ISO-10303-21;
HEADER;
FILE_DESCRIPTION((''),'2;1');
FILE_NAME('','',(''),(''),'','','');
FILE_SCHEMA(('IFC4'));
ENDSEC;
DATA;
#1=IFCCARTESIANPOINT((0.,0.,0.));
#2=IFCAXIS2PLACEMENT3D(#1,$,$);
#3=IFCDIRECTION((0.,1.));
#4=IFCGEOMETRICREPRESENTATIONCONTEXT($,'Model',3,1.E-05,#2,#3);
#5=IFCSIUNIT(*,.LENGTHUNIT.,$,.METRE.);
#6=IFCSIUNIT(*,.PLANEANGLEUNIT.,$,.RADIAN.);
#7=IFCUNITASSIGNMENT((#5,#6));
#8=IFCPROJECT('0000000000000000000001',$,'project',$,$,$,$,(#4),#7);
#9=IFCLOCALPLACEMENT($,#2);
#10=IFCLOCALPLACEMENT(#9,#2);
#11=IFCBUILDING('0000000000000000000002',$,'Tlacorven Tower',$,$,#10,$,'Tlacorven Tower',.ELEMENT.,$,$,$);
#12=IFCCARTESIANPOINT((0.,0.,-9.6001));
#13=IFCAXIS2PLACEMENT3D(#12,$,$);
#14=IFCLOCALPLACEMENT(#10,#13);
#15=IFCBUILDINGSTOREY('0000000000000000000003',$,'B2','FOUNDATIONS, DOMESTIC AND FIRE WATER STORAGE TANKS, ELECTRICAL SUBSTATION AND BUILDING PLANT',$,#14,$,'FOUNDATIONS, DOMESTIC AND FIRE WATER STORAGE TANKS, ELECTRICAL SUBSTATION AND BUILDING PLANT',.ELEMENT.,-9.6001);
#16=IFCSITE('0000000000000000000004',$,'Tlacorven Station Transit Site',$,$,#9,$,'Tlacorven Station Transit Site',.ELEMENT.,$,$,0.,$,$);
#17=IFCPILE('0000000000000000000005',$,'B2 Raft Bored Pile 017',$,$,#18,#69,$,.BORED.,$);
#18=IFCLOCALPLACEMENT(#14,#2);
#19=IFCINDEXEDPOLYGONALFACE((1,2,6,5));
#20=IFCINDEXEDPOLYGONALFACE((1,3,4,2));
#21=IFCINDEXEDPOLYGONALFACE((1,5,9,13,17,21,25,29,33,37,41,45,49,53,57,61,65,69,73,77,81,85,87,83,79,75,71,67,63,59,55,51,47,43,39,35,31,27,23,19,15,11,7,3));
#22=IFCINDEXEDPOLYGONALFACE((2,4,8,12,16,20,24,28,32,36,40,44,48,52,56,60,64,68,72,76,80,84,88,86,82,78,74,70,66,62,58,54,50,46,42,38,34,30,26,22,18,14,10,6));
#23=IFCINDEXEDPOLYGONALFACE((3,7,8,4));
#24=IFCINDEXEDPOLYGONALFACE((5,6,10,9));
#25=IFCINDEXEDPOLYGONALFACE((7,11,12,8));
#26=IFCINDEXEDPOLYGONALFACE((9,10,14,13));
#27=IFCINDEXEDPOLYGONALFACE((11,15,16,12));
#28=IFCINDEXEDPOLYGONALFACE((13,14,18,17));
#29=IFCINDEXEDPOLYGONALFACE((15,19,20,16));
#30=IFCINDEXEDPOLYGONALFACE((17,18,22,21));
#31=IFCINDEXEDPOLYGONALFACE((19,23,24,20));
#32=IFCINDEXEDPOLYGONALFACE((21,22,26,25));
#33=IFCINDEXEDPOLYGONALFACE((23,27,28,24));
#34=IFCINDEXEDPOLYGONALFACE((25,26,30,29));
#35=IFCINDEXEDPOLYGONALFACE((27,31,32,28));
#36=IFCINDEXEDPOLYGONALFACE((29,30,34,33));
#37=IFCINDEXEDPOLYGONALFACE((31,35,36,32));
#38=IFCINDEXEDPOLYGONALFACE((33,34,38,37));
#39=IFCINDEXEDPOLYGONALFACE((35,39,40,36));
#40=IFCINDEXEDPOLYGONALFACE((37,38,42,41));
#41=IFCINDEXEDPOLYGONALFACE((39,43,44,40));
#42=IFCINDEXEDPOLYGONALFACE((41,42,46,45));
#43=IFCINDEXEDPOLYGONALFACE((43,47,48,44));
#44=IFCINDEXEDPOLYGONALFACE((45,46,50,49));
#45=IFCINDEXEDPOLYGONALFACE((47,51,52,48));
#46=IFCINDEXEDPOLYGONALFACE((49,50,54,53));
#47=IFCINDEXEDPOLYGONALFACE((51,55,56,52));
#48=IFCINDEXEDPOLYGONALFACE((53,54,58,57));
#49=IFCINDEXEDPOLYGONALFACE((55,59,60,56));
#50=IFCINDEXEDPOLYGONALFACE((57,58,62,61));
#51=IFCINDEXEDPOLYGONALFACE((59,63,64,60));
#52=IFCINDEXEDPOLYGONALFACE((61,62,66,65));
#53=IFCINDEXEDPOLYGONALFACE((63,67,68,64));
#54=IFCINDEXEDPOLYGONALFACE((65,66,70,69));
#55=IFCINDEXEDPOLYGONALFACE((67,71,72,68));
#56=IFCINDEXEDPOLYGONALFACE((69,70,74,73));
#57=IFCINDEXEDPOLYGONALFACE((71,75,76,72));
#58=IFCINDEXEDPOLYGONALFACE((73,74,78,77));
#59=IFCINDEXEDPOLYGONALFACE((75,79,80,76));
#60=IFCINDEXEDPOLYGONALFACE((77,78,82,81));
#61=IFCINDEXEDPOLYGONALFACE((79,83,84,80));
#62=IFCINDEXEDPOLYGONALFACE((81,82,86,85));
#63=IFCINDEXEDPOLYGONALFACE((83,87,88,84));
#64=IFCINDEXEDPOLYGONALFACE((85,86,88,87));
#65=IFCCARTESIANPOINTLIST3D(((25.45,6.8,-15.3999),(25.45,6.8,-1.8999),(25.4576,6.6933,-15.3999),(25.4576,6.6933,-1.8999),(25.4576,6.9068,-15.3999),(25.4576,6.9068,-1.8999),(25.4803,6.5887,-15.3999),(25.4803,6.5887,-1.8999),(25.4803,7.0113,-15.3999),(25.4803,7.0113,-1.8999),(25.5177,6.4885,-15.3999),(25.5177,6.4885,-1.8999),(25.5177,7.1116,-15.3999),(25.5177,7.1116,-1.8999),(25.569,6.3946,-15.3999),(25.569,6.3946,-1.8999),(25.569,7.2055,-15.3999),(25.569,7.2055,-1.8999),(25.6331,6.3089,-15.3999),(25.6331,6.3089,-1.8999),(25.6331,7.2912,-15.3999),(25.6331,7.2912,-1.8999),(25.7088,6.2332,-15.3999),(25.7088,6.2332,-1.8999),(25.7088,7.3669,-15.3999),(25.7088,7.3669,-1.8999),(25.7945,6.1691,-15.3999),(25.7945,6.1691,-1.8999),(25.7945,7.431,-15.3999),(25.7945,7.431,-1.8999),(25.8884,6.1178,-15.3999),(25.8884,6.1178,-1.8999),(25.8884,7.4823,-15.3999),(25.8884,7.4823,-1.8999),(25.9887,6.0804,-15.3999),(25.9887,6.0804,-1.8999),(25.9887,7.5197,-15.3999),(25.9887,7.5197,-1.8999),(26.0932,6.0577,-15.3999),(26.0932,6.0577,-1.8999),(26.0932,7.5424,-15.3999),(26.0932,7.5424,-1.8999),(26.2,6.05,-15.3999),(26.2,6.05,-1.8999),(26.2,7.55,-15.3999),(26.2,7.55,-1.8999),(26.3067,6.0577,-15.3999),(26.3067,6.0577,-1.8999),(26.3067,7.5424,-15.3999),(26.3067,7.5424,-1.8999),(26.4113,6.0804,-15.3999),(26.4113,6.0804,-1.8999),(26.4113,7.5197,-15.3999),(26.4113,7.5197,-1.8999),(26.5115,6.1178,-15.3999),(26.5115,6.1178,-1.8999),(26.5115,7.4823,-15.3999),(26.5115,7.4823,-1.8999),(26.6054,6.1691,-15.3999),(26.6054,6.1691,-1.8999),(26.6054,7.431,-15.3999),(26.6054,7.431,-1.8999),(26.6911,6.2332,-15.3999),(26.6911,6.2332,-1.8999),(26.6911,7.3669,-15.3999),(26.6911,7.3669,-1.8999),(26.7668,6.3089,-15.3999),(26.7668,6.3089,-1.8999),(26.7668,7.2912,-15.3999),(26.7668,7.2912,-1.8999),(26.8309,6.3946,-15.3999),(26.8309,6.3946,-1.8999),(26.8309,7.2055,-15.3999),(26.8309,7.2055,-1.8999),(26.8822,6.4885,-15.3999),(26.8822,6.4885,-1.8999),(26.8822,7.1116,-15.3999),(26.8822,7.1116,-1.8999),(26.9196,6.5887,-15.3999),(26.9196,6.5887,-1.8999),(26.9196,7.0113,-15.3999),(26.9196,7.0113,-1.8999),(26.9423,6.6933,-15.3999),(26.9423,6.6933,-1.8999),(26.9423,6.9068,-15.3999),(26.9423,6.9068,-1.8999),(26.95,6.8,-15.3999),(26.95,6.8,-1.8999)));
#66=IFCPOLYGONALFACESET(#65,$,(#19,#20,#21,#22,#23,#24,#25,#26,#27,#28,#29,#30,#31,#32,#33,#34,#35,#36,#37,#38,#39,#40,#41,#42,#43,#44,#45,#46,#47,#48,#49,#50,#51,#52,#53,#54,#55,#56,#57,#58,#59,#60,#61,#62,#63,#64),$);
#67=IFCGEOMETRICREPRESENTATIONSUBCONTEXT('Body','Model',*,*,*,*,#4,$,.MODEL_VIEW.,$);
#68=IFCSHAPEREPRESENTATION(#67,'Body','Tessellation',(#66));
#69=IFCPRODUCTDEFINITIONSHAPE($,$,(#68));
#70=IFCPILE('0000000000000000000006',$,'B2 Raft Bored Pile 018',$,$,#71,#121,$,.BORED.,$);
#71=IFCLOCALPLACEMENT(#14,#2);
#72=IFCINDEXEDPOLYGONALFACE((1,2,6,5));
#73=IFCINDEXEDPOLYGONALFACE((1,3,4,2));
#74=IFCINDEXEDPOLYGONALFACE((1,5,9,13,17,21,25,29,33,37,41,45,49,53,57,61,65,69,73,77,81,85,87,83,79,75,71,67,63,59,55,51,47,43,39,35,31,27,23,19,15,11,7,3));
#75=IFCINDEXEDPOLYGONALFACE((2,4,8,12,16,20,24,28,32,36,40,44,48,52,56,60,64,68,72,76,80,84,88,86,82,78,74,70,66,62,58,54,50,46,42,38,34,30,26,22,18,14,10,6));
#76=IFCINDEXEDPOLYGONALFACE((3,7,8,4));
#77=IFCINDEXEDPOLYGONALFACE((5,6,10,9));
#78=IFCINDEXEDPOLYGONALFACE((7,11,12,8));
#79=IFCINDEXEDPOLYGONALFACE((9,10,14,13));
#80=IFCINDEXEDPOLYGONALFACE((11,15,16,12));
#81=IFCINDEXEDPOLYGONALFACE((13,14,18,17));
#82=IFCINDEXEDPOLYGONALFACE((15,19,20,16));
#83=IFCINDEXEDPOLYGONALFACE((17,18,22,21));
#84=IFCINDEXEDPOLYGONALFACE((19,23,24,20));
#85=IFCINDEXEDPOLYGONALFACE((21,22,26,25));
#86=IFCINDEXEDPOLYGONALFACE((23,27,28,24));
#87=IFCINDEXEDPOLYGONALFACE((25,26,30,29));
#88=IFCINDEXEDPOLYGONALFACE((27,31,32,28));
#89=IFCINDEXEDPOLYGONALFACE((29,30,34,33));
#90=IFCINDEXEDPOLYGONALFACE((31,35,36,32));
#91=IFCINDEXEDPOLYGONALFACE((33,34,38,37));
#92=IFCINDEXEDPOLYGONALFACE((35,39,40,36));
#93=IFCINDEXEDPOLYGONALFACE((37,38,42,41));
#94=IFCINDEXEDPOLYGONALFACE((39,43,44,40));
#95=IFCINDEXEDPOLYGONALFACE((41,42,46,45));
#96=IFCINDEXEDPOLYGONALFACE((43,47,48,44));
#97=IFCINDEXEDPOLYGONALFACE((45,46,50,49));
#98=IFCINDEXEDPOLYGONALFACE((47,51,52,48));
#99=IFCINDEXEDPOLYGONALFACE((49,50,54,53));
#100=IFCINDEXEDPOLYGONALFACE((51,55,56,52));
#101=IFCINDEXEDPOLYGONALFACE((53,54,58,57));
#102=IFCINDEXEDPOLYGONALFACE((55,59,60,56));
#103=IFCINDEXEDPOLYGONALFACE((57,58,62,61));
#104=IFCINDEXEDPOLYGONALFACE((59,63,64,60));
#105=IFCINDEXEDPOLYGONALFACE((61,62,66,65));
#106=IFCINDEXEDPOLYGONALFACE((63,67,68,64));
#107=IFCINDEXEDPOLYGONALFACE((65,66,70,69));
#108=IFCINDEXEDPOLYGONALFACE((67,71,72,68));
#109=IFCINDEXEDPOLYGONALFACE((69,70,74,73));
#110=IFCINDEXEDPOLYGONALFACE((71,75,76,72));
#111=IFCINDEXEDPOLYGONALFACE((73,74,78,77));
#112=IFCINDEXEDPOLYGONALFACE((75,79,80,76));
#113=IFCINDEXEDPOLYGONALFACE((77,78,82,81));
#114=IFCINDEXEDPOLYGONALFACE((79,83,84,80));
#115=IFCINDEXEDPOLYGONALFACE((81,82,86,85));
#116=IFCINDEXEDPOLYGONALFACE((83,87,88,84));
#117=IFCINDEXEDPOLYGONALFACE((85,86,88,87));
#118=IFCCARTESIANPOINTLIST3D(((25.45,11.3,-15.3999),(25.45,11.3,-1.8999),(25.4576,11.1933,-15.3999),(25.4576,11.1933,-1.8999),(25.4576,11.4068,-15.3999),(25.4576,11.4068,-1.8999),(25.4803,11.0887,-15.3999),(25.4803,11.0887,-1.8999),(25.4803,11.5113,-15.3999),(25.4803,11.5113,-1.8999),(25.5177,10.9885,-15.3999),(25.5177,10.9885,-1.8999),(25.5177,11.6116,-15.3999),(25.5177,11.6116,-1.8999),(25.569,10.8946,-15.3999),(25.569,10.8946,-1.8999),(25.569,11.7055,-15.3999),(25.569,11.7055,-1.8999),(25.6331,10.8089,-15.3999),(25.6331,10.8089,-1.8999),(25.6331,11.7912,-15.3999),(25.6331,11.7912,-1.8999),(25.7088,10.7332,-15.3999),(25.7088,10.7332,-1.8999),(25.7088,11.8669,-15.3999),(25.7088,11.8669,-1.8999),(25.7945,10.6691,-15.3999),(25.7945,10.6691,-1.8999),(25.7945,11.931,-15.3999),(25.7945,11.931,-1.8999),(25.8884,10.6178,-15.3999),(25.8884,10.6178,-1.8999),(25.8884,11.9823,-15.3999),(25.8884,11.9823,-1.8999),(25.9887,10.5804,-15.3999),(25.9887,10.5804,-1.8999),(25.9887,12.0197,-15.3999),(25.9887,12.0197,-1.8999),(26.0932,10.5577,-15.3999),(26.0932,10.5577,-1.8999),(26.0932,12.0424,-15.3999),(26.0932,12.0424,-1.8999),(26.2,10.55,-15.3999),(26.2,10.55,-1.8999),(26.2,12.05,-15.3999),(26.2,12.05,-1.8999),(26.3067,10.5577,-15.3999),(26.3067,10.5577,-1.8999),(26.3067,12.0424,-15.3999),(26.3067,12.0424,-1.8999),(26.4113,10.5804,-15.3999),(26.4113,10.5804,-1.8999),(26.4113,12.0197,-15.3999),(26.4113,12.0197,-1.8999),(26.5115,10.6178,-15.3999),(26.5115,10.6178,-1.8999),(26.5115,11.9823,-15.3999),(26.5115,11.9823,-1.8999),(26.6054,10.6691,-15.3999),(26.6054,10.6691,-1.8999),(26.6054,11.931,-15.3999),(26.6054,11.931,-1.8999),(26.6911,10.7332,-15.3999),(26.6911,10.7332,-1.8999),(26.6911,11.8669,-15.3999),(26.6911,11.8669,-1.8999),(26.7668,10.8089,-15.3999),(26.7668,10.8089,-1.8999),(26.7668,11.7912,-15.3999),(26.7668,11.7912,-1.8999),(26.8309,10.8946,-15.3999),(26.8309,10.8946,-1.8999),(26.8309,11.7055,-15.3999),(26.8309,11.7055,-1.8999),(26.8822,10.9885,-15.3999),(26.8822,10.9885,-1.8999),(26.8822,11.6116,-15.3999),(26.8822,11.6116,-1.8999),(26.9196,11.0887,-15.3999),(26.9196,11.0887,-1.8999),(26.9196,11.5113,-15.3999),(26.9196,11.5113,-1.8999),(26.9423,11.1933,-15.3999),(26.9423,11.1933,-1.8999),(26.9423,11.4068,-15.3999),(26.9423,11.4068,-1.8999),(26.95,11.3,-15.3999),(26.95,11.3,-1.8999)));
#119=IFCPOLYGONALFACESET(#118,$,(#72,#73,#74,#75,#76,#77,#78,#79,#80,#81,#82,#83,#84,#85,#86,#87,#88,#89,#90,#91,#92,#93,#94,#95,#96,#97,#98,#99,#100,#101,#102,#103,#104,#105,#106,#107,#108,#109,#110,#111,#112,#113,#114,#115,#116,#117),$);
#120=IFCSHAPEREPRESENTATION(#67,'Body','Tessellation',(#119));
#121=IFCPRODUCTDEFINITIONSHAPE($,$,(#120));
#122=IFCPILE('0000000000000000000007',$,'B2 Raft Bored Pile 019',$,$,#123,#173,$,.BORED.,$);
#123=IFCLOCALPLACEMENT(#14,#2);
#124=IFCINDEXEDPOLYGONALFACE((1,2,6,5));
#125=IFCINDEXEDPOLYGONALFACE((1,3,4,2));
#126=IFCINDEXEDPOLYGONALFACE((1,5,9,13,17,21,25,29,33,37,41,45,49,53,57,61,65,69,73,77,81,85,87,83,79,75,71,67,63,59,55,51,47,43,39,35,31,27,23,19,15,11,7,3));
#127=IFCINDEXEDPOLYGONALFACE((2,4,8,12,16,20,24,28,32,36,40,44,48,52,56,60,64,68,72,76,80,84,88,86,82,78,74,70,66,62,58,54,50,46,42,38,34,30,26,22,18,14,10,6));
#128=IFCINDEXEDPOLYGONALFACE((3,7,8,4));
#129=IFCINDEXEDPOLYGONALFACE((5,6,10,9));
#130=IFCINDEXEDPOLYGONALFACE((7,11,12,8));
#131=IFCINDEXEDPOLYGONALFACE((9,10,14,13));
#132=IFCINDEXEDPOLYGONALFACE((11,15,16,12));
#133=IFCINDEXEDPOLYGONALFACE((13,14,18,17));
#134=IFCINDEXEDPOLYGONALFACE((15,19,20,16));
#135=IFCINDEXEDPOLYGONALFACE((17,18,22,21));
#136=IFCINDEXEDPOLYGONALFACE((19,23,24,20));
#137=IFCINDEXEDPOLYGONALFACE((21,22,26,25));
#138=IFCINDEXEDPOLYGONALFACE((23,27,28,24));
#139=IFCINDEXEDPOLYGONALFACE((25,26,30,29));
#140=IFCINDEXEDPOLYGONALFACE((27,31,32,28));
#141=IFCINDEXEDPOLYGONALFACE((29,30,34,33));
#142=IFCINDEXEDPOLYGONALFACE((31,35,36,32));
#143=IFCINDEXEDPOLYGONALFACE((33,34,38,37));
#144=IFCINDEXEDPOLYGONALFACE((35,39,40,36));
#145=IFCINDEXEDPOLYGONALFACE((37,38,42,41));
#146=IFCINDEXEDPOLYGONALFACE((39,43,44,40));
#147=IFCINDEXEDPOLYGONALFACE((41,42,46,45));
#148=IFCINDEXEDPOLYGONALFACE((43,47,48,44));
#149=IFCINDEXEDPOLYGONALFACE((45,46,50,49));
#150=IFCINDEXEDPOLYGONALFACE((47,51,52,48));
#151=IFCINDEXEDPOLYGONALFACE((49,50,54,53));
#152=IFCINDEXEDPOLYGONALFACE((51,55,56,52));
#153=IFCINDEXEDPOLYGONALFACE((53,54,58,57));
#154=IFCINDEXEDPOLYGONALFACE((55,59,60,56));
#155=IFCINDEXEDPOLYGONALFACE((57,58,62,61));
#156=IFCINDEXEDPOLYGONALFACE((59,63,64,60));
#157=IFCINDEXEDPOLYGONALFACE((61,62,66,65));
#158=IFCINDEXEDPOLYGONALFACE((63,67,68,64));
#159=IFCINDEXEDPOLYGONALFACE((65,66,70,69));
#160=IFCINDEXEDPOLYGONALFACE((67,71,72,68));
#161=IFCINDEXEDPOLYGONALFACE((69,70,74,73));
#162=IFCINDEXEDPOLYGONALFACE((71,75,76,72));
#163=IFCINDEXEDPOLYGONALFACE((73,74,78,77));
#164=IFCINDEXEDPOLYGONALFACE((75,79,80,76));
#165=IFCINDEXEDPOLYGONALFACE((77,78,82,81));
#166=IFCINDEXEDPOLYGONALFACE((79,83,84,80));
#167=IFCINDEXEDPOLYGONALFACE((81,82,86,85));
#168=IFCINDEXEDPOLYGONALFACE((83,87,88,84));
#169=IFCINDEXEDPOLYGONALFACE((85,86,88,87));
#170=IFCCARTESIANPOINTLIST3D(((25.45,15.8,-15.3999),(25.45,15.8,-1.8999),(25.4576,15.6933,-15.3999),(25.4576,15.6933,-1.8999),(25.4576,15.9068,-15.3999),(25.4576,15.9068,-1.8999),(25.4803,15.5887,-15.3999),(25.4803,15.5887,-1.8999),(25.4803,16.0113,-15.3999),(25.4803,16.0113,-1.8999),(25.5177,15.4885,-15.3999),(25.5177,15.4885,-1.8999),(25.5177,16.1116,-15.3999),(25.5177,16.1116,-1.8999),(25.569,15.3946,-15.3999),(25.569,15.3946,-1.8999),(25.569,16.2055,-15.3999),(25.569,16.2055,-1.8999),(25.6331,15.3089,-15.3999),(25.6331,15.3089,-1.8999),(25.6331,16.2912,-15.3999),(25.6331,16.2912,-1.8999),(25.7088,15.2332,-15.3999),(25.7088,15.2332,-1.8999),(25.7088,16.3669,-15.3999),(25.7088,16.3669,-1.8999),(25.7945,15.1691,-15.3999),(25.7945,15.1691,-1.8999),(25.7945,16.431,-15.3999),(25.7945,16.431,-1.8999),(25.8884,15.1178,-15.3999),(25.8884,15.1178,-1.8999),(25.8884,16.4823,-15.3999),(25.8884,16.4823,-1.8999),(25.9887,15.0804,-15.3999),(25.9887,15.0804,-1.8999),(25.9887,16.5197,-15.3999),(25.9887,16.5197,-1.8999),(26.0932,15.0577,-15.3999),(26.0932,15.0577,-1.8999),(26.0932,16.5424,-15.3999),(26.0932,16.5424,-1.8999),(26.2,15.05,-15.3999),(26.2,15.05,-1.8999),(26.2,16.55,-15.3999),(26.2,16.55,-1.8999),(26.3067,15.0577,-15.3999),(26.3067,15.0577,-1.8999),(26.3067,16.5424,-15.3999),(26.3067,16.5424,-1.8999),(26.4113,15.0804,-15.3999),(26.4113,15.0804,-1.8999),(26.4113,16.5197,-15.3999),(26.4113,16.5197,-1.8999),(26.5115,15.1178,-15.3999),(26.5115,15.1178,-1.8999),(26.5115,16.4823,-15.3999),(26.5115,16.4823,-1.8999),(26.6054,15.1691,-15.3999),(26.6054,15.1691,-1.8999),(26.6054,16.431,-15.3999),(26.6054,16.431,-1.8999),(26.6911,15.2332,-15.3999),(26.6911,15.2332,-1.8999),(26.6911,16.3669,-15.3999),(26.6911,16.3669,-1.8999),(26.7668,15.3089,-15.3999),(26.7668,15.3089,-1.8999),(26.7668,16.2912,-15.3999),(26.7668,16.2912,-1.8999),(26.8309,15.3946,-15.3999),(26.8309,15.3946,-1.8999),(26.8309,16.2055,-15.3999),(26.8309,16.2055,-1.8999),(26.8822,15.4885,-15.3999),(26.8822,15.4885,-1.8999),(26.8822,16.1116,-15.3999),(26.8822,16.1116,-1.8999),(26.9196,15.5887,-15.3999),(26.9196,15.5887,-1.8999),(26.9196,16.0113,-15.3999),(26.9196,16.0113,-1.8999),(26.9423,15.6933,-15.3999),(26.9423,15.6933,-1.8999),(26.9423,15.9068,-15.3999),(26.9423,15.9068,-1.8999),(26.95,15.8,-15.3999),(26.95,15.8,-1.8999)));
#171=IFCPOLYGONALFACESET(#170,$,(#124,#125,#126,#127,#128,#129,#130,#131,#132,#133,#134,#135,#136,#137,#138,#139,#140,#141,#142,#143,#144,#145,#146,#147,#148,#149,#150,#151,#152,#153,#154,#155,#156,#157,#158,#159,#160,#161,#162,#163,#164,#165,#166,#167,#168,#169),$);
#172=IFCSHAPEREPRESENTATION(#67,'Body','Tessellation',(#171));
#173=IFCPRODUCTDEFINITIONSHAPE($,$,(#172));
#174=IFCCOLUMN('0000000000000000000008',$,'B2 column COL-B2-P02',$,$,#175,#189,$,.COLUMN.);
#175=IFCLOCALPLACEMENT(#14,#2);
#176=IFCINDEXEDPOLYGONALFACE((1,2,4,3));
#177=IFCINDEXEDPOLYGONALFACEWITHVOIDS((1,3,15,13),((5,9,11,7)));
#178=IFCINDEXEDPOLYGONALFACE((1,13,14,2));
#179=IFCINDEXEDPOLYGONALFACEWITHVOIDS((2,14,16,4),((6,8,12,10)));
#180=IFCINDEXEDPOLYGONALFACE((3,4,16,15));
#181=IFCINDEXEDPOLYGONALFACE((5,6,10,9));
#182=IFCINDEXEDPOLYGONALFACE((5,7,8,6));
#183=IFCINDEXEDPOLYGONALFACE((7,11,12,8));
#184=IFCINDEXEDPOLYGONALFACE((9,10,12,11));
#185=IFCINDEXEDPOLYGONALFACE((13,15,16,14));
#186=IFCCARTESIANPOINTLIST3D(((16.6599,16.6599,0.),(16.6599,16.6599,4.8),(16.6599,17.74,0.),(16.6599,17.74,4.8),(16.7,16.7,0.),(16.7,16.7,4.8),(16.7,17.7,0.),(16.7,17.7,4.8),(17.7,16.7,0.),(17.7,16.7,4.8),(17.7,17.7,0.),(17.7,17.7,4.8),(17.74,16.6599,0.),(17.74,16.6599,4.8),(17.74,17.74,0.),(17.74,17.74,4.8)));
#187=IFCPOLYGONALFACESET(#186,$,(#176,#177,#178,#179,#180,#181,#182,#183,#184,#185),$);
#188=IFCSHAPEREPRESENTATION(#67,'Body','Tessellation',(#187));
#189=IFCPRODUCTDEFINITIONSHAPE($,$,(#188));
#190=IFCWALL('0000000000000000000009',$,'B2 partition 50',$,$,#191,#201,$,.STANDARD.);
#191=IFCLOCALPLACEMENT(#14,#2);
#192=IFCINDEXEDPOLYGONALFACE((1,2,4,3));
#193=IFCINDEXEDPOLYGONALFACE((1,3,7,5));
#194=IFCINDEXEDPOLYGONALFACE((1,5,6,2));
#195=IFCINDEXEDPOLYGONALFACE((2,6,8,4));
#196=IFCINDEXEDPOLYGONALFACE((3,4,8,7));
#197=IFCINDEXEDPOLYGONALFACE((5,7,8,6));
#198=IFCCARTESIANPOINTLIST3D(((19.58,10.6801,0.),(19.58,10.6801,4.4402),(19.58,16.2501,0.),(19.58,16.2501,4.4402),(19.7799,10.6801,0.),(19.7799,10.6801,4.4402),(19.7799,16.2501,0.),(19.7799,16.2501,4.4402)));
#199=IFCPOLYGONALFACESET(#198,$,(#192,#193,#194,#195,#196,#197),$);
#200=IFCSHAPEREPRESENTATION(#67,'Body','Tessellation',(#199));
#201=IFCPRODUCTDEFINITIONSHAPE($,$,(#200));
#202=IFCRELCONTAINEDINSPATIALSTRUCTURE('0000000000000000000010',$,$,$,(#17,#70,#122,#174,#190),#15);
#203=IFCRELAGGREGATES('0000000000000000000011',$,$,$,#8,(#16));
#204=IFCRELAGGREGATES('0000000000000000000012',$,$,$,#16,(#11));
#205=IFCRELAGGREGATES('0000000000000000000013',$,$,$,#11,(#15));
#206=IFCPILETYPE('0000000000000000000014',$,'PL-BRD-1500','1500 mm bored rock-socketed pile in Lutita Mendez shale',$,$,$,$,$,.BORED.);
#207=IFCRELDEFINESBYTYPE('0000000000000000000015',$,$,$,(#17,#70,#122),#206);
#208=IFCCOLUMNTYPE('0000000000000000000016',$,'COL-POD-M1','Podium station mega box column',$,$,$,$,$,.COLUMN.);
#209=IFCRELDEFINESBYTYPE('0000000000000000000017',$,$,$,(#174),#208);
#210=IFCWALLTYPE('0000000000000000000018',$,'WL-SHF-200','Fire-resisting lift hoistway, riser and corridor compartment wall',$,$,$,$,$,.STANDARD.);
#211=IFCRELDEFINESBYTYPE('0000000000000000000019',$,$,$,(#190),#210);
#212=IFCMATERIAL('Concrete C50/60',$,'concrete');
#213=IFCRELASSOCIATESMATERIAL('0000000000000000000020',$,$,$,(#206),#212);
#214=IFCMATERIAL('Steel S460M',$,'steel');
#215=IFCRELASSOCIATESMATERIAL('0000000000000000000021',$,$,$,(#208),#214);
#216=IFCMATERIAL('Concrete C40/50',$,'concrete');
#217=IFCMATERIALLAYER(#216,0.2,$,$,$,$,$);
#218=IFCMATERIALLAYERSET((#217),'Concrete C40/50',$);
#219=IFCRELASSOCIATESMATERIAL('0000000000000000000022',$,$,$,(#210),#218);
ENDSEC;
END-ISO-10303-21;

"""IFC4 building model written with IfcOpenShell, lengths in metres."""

from ifc_helpers import new_model, si_unit, direction, frame, frame_2d, origin, origin_2d, place, context, subcontext, project, spatial, rectangle, hollow_rectangle, circle, extrude, source, transform, mapped, material, layer, layer_set, material_profile, profile_set, type_object, element, save


model = new_model("IFC4")

# Units and contexts
model_context = context("Model", 3, precision=1e-05, world=origin(), true_north=direction((0.0, 1.0)))
body_context = subcontext(model_context, "Body", "Model", "MODEL_VIEW")
ifc_project = project(units=[si_unit("LENGTHUNIT", "METRE"), si_unit("PLANEANGLEUNIT", "RADIAN")], contexts=[model_context])

# Site, building, storey
site_placement = place(None, origin())
site = spatial("IfcSite", under=ifc_project, at=site_placement, Name="Tlacorven Station Transit Site", LongName="Tlacorven Station Transit Site", CompositionType="ELEMENT", RefElevation=0.0)
building_placement = place(site_placement, origin())
building = spatial("IfcBuilding", under=site, at=building_placement, Name="Tlacorven Tower", LongName="Tlacorven Tower", CompositionType="ELEMENT")
storey_placement = place(building_placement, frame((0.0, 0.0, -9.6001)))
storey = spatial("IfcBuildingStorey", under=building, at=storey_placement, Name="B2", Description="FOUNDATIONS, DOMESTIC AND FIRE WATER STORAGE TANKS, ELECTRICAL SUBSTATION AND BUILDING PLANT", LongName="FOUNDATIONS, DOMESTIC AND FIRE WATER STORAGE TANKS, ELECTRICAL SUBSTATION AND BUILDING PLANT", CompositionType="ELEMENT", Elevation=-9.6001)

# Piles
ifc_material_1 = material(Name="Concrete C50/60", Category="concrete")
ifc_material_profile_1 = material_profile(ifc_material_1, circle(Radius=0.75, at=origin_2d()), Name="BORED PILE D1500")
ifc_profile_set_1 = profile_set([ifc_material_profile_1], Name="Concrete C50/60")
pile_type = type_object("IfcPileType", Name="PL-BRD-1500", Description="1500 mm bored rock-socketed pile in Lutita Mendez shale", PredefinedType="BORED", material=ifc_profile_set_1)
shared_shape_1 = source(origin(), body_context, "Body", "SweptSolid", [
    extrude(circle(Radius=0.75, at=origin_2d()), origin(), (0.0, 0.0, 1.0), 13.5),
])
for number, where, z_axis, x_axis, name in (
    (1, (26.2, 6.8, -1.8999), (0.0, 0.0, -1.0), (1.0, 0.0, 0.0), "B2 Raft Bored Pile 017"),
    (2, (26.2, 11.3, -1.8999), (0.0, 0.0, -1.0), (1.0, 0.0, 0.0), "B2 Raft Bored Pile 018"),
    (3, (26.2, 15.8, -1.8999), (0.0, 0.0, -1.0), (1.0, 0.0, 0.0), "B2 Raft Bored Pile 019"),
):
    element("IfcPile", number, at=place(storey_placement, frame(where, z_axis=z_axis, x_axis=x_axis)), inside=storey, type_object=pile_type, Name=name, PredefinedType="BORED", context=body_context, shape_type="MappedRepresentation", body=[
        mapped(shared_shape_1, transform((0.0, 0.0, 0.0), scale=1.0)),
    ])

# Column
ifc_material_2 = material(Name="Steel S460M", Category="steel")
ifc_material_profile_2 = material_profile(ifc_material_2, hollow_rectangle(XDim=1.0801, YDim=1.0801, WallThickness=0.04, at=origin_2d()), Name="BOX 1080X1080X40")
ifc_profile_set_2 = profile_set([ifc_material_profile_2], Name="Steel S460M")
column_type = type_object("IfcColumnType", Name="COL-POD-M1", Description="Podium station mega box column", PredefinedType="COLUMN", material=ifc_profile_set_2)
shared_shape_2 = source(origin(), body_context, "Body", "SweptSolid", [
    extrude(hollow_rectangle(XDim=1.0801, YDim=1.0801, WallThickness=0.04, at=origin_2d()), origin(), (0.0, 0.0, 1.0), 4.8),
])
column_placement = place(storey_placement, frame((17.2, 17.2, 0.0), z_axis=(0.0, 0.0, 1.0), x_axis=(1.0, 0.0, 0.0)))
element("IfcColumn", 4, at=column_placement, inside=storey, type_object=column_type, Name="B2 column COL-B2-P02", PredefinedType="COLUMN", context=body_context, shape_type="MappedRepresentation", body=[
    mapped(shared_shape_2, transform((0.0, 0.0, 0.0), scale=1.0)),
])

# Wall
ifc_material_3 = material(Name="Concrete C40/50", Category="concrete")
ifc_layer_1 = layer(ifc_material_3, 0.2)
ifc_layer_set_1 = layer_set([ifc_layer_1], Name="Concrete C40/50")
wall_type_1 = type_object("IfcWallType", Name="WL-SHF-200", Description="Fire-resisting lift hoistway, riser and corridor compartment wall", PredefinedType="STANDARD", material=ifc_layer_set_1)
wall_1_placement = place(storey_placement, frame((19.6799, 10.6799, 0.0), z_axis=(0.0, 0.0, 1.0), x_axis=(0.0, 1.0, 0.0)))
element("IfcWall", 5, at=wall_1_placement, inside=storey, type_object=wall_type_1, Name="B2 partition 50", PredefinedType="STANDARD", context=body_context, shape_type="SweptSolid", body=[
    extrude(rectangle(XDim=5.5701, YDim=0.2, at=frame_2d((2.7852, 0.0))), origin(), (0.0, 0.0, 1.0), 4.4402),
])

save(model, "model.ifc")
